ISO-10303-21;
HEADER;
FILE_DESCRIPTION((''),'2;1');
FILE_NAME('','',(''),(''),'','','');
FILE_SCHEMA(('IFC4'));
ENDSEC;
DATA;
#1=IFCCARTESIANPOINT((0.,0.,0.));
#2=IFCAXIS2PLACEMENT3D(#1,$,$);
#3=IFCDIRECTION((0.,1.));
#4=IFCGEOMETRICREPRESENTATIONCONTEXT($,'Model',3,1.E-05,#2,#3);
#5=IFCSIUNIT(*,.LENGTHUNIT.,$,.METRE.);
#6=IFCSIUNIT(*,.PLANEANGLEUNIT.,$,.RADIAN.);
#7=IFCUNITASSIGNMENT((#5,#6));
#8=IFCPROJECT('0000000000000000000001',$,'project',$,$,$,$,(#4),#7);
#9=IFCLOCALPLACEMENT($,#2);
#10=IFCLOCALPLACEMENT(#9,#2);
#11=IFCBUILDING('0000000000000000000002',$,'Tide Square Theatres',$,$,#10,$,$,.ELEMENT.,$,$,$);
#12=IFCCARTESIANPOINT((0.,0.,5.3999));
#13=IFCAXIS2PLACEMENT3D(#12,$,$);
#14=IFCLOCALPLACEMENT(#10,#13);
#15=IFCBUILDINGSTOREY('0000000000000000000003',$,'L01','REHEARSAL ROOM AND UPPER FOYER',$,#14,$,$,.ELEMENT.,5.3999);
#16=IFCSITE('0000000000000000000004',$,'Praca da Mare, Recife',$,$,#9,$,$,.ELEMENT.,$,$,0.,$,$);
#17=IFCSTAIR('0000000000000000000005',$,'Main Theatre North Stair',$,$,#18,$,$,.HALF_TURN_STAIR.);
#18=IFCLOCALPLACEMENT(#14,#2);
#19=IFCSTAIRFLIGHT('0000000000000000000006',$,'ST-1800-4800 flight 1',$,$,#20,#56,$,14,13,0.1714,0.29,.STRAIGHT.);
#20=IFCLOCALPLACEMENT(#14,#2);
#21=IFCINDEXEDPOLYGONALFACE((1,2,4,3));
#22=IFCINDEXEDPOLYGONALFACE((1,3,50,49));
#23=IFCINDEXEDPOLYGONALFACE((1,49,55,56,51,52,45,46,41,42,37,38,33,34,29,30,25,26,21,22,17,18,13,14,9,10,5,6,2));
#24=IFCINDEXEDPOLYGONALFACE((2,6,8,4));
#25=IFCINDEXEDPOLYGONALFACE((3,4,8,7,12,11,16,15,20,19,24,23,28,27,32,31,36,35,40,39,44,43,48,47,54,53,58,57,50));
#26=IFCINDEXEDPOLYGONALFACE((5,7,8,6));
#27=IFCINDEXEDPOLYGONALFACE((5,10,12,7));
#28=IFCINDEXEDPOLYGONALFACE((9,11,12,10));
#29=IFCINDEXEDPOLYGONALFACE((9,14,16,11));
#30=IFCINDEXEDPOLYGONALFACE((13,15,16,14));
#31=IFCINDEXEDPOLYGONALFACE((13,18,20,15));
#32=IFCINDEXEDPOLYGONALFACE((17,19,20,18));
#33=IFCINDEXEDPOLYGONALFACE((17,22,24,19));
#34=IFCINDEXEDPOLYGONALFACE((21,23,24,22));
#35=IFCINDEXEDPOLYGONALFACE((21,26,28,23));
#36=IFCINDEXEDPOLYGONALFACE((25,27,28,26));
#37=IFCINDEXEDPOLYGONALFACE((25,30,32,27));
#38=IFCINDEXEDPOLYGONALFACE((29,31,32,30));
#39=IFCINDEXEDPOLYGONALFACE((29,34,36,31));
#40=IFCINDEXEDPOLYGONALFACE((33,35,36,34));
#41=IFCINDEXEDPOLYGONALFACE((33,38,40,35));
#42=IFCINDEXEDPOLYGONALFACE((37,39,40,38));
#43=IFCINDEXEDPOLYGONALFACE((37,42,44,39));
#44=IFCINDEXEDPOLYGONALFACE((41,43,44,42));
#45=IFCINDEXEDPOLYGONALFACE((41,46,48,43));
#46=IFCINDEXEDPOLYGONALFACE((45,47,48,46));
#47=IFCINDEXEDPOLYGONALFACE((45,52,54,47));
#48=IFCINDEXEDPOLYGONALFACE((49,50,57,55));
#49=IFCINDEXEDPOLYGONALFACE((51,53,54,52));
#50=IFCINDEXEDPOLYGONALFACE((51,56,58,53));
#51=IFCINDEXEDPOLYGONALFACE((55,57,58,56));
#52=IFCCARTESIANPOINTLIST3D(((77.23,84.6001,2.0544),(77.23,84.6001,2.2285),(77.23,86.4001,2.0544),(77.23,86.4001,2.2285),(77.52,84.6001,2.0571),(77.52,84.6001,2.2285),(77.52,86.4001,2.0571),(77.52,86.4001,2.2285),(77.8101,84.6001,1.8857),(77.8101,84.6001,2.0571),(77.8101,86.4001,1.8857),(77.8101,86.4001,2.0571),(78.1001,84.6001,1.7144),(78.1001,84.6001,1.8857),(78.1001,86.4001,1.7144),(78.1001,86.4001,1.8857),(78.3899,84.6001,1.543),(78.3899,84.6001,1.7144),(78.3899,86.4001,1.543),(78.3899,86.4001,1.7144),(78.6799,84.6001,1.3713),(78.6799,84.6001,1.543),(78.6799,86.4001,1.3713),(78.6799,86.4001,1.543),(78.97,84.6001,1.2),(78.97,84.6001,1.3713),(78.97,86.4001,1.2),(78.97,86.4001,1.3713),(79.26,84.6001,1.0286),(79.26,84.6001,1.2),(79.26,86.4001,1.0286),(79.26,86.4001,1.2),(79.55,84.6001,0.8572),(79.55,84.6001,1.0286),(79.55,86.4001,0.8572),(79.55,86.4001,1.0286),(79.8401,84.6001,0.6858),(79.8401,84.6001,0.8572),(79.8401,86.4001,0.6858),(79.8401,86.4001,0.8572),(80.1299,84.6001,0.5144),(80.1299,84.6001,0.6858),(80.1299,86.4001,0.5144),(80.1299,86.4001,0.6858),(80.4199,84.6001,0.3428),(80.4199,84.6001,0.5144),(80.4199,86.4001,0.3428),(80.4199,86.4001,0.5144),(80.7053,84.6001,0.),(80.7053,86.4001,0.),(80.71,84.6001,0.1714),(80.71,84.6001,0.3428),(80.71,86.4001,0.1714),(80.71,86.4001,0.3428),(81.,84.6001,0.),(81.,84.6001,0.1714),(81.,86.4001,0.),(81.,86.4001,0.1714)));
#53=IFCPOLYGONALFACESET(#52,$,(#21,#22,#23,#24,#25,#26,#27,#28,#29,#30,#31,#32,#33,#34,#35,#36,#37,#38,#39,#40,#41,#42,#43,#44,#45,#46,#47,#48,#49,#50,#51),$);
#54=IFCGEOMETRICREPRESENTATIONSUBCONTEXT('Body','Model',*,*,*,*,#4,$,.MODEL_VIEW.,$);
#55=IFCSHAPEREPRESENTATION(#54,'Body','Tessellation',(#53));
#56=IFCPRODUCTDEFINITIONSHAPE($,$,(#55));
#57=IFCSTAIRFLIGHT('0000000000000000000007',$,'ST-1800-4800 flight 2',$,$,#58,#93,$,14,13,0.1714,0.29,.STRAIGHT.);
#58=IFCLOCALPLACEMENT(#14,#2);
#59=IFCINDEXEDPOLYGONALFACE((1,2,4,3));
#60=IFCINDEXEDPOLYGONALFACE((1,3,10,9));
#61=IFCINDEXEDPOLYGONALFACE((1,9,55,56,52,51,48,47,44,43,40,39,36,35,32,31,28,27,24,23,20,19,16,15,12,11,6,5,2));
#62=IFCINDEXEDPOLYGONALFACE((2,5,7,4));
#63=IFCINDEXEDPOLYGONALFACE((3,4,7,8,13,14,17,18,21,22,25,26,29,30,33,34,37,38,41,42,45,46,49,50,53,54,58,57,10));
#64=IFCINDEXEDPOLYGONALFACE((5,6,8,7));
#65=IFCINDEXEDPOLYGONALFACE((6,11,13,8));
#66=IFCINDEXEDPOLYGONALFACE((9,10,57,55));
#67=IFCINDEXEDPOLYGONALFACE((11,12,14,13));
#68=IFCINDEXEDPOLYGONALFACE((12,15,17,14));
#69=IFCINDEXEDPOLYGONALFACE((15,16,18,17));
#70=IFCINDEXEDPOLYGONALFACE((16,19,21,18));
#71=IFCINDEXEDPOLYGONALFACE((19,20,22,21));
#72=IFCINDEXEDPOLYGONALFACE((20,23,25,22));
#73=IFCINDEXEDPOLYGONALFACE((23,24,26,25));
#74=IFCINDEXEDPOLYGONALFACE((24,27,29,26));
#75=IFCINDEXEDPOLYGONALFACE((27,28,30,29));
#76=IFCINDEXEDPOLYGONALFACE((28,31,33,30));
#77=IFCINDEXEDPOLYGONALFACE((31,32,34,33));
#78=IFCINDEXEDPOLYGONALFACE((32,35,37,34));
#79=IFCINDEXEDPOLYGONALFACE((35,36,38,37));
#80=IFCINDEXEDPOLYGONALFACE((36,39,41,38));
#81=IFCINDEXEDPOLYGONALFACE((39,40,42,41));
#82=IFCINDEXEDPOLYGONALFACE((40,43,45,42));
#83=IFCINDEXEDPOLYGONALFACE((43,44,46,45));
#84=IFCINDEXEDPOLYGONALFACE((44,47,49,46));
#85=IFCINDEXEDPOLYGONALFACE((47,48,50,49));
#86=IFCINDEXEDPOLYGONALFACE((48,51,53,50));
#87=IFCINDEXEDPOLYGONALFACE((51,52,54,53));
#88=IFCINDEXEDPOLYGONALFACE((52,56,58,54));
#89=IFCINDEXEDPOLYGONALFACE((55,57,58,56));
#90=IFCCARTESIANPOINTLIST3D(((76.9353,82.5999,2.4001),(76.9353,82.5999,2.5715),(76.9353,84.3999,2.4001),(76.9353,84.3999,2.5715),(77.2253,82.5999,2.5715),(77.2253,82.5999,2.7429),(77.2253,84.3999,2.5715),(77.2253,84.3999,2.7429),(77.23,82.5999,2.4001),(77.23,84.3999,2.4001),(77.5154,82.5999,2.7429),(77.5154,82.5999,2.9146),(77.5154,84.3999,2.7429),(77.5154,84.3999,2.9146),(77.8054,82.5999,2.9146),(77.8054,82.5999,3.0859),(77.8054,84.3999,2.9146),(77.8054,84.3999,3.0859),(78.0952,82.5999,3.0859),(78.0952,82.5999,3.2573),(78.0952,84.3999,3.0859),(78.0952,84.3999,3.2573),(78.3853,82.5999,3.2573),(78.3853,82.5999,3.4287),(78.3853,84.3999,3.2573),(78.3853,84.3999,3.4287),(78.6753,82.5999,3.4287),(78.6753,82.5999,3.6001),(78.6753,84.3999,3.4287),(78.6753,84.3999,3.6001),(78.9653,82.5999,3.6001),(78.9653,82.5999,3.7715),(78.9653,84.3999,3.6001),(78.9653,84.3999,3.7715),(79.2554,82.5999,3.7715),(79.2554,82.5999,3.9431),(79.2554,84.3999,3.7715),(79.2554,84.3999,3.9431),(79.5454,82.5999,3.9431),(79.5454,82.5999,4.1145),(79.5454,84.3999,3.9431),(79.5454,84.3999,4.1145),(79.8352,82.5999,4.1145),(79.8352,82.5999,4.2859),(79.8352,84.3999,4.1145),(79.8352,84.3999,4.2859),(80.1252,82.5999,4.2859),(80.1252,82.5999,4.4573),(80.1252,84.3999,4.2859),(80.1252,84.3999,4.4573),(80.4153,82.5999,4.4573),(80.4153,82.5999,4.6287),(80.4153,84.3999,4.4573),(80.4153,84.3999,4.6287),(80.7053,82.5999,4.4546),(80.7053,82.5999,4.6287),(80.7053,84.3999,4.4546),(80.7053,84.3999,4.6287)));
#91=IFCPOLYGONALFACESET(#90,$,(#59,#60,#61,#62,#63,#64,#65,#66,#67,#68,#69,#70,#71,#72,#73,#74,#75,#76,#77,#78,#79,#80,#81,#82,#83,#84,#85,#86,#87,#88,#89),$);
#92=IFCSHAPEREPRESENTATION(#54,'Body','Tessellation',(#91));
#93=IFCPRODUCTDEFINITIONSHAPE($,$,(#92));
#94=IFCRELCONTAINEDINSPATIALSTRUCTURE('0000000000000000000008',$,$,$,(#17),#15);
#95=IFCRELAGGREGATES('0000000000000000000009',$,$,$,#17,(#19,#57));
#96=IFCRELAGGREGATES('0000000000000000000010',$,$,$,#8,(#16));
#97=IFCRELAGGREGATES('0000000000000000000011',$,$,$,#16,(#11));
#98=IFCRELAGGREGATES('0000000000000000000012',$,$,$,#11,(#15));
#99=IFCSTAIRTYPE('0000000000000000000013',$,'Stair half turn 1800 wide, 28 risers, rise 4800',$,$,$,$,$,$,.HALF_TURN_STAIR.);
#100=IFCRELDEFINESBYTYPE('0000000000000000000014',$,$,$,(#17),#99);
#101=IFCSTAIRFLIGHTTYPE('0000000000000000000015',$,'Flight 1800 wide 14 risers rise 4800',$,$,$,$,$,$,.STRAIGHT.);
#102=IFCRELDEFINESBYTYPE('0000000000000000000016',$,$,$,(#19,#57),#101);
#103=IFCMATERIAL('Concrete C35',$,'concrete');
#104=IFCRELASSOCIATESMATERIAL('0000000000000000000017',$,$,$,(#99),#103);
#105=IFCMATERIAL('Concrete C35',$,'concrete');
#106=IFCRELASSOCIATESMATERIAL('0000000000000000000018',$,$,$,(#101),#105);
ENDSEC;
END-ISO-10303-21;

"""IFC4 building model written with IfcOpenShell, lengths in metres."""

from ifc_helpers import new_model, si_unit, direction, frame, origin, place, context, subcontext, project, spatial, polyline, outline, extrude, material, type_object, element, aggregate, save


model = new_model("IFC4")

# Units and contexts
model_context = context("Model", 3, precision=1e-05, world=origin(), true_north=direction((0.0, 1.0)))
body_context = subcontext(model_context, "Body", "Model", "MODEL_VIEW")
ifc_project = project(units=[si_unit("LENGTHUNIT", "METRE"), si_unit("PLANEANGLEUNIT", "RADIAN")], contexts=[model_context])

# Site, building, storey
site_placement = place(None, origin())
site = spatial("IfcSite", under=ifc_project, at=site_placement, Name="Praca da Mare, Recife", CompositionType="ELEMENT", RefElevation=0.0)
building_placement = place(site_placement, origin())
building = spatial("IfcBuilding", under=site, at=building_placement, Name="Tide Square Theatres", CompositionType="ELEMENT")
storey_placement = place(building_placement, frame((0.0, 0.0, 5.3999)))
storey = spatial("IfcBuildingStorey", under=building, at=storey_placement, Name="L01", Description="REHEARSAL ROOM AND UPPER FOYER", CompositionType="ELEMENT", Elevation=5.3999)

# Stair, stair flights
ifc_material_1 = material(Name="Concrete C35", Category="concrete")
stair_type = type_object("IfcStairType", Name="Stair half turn 1800 wide, 28 risers, rise 4800", PredefinedType="HALF_TURN_STAIR", material=ifc_material_1)
stair_placement = place(storey_placement, origin())
stair = element("IfcStair", 1, at=stair_placement, inside=storey, type_object=stair_type, Name="Main Theatre North Stair", PredefinedType="HALF_TURN_STAIR")
ifc_material_2 = material(Name="Concrete C35", Category="concrete")
stair_flight_type = type_object("IfcStairFlightType", Name="Flight 1800 wide 14 risers rise 4800", PredefinedType="STRAIGHT", material=ifc_material_2)
stair_flight_1_placement = place(storey_placement, frame((81.0, 85.5, 0.0), z_axis=(0.0, 0.0, 1.0), x_axis=(-1.0, 0.0, 0.0)))
stair_flight_1 = element("IfcStairFlight", 2, at=stair_flight_1_placement, type_object=stair_flight_type, Name="ST-1800-4800 flight 1", NumberOfRisers=14, NumberOfTreads=13, PredefinedType="STRAIGHT", RiserHeight=0.1714, TreadLength=0.29, context=body_context, shape_type="SweptSolid", body=[
    extrude(outline(polyline([(0.0, 0.0), (0.0, 0.1714), (0.29, 0.1714), (0.29, 0.3428), (0.5801, 0.3428), (0.5801, 0.5144), (0.8701, 0.5144), (0.8701, 0.6858), (1.1599, 0.6858), (1.1599, 0.8572), (1.45, 0.8572), (1.45, 1.0286), (1.74, 1.0286), (1.74, 1.2), (2.03, 1.2), (2.03, 1.3713), (2.3201, 1.3713), (2.3201, 1.543), (2.6101, 1.543), (2.6101, 1.7144), (2.8999, 1.7144), (2.8999, 1.8857), (3.1899, 1.8857), (3.1899, 2.0571), (3.48, 2.0571), (3.48, 2.2285), (3.77, 2.2285), (3.77, 2.3999), (3.77, 2.0544), (0.2947, 0.0), (0.0, 0.0)])), frame((0.0, 0.8999, 0.0), z_axis=(0.0, -1.0, 0.0), x_axis=(1.0, 0.0, 0.0)), (0.0, 0.0, 1.0), 1.8),
])
stair_flight_2_placement = place(storey_placement, frame((76.9353, 83.5, 2.4001), z_axis=(0.0, 0.0, 1.0), x_axis=(1.0, 0.0, 0.0)))
stair_flight_2 = element("IfcStairFlight", 3, at=stair_flight_2_placement, type_object=stair_flight_type, Name="ST-1800-4800 flight 2", NumberOfRisers=14, NumberOfTreads=13, PredefinedType="STRAIGHT", RiserHeight=0.1714, TreadLength=0.29, context=body_context, shape_type="SweptSolid", body=[
    extrude(outline(polyline([(0.0, 0.0), (0.0, 0.1714), (0.29, 0.1714), (0.29, 0.3428), (0.5801, 0.3428), (0.5801, 0.5144), (0.8701, 0.5144), (0.8701, 0.6858), (1.1599, 0.6858), (1.1599, 0.8572), (1.45, 0.8572), (1.45, 1.0286), (1.74, 1.0286), (1.74, 1.2), (2.03, 1.2), (2.03, 1.3713), (2.3201, 1.3713), (2.3201, 1.543), (2.6101, 1.543), (2.6101, 1.7144), (2.8999, 1.7144), (2.8999, 1.8857), (3.1899, 1.8857), (3.1899, 2.0571), (3.48, 2.0571), (3.48, 2.2285), (3.77, 2.2285), (3.77, 2.3999), (3.77, 2.0544), (0.2947, 0.0), (0.0, 0.0)])), frame((0.0, 0.8999, 0.0), z_axis=(0.0, -1.0, 0.0), x_axis=(1.0, 0.0, 0.0)), (0.0, 0.0, 1.0), 1.8),
])
aggregate(stair, [stair_flight_1, stair_flight_2])

save(model, "model.ifc")
